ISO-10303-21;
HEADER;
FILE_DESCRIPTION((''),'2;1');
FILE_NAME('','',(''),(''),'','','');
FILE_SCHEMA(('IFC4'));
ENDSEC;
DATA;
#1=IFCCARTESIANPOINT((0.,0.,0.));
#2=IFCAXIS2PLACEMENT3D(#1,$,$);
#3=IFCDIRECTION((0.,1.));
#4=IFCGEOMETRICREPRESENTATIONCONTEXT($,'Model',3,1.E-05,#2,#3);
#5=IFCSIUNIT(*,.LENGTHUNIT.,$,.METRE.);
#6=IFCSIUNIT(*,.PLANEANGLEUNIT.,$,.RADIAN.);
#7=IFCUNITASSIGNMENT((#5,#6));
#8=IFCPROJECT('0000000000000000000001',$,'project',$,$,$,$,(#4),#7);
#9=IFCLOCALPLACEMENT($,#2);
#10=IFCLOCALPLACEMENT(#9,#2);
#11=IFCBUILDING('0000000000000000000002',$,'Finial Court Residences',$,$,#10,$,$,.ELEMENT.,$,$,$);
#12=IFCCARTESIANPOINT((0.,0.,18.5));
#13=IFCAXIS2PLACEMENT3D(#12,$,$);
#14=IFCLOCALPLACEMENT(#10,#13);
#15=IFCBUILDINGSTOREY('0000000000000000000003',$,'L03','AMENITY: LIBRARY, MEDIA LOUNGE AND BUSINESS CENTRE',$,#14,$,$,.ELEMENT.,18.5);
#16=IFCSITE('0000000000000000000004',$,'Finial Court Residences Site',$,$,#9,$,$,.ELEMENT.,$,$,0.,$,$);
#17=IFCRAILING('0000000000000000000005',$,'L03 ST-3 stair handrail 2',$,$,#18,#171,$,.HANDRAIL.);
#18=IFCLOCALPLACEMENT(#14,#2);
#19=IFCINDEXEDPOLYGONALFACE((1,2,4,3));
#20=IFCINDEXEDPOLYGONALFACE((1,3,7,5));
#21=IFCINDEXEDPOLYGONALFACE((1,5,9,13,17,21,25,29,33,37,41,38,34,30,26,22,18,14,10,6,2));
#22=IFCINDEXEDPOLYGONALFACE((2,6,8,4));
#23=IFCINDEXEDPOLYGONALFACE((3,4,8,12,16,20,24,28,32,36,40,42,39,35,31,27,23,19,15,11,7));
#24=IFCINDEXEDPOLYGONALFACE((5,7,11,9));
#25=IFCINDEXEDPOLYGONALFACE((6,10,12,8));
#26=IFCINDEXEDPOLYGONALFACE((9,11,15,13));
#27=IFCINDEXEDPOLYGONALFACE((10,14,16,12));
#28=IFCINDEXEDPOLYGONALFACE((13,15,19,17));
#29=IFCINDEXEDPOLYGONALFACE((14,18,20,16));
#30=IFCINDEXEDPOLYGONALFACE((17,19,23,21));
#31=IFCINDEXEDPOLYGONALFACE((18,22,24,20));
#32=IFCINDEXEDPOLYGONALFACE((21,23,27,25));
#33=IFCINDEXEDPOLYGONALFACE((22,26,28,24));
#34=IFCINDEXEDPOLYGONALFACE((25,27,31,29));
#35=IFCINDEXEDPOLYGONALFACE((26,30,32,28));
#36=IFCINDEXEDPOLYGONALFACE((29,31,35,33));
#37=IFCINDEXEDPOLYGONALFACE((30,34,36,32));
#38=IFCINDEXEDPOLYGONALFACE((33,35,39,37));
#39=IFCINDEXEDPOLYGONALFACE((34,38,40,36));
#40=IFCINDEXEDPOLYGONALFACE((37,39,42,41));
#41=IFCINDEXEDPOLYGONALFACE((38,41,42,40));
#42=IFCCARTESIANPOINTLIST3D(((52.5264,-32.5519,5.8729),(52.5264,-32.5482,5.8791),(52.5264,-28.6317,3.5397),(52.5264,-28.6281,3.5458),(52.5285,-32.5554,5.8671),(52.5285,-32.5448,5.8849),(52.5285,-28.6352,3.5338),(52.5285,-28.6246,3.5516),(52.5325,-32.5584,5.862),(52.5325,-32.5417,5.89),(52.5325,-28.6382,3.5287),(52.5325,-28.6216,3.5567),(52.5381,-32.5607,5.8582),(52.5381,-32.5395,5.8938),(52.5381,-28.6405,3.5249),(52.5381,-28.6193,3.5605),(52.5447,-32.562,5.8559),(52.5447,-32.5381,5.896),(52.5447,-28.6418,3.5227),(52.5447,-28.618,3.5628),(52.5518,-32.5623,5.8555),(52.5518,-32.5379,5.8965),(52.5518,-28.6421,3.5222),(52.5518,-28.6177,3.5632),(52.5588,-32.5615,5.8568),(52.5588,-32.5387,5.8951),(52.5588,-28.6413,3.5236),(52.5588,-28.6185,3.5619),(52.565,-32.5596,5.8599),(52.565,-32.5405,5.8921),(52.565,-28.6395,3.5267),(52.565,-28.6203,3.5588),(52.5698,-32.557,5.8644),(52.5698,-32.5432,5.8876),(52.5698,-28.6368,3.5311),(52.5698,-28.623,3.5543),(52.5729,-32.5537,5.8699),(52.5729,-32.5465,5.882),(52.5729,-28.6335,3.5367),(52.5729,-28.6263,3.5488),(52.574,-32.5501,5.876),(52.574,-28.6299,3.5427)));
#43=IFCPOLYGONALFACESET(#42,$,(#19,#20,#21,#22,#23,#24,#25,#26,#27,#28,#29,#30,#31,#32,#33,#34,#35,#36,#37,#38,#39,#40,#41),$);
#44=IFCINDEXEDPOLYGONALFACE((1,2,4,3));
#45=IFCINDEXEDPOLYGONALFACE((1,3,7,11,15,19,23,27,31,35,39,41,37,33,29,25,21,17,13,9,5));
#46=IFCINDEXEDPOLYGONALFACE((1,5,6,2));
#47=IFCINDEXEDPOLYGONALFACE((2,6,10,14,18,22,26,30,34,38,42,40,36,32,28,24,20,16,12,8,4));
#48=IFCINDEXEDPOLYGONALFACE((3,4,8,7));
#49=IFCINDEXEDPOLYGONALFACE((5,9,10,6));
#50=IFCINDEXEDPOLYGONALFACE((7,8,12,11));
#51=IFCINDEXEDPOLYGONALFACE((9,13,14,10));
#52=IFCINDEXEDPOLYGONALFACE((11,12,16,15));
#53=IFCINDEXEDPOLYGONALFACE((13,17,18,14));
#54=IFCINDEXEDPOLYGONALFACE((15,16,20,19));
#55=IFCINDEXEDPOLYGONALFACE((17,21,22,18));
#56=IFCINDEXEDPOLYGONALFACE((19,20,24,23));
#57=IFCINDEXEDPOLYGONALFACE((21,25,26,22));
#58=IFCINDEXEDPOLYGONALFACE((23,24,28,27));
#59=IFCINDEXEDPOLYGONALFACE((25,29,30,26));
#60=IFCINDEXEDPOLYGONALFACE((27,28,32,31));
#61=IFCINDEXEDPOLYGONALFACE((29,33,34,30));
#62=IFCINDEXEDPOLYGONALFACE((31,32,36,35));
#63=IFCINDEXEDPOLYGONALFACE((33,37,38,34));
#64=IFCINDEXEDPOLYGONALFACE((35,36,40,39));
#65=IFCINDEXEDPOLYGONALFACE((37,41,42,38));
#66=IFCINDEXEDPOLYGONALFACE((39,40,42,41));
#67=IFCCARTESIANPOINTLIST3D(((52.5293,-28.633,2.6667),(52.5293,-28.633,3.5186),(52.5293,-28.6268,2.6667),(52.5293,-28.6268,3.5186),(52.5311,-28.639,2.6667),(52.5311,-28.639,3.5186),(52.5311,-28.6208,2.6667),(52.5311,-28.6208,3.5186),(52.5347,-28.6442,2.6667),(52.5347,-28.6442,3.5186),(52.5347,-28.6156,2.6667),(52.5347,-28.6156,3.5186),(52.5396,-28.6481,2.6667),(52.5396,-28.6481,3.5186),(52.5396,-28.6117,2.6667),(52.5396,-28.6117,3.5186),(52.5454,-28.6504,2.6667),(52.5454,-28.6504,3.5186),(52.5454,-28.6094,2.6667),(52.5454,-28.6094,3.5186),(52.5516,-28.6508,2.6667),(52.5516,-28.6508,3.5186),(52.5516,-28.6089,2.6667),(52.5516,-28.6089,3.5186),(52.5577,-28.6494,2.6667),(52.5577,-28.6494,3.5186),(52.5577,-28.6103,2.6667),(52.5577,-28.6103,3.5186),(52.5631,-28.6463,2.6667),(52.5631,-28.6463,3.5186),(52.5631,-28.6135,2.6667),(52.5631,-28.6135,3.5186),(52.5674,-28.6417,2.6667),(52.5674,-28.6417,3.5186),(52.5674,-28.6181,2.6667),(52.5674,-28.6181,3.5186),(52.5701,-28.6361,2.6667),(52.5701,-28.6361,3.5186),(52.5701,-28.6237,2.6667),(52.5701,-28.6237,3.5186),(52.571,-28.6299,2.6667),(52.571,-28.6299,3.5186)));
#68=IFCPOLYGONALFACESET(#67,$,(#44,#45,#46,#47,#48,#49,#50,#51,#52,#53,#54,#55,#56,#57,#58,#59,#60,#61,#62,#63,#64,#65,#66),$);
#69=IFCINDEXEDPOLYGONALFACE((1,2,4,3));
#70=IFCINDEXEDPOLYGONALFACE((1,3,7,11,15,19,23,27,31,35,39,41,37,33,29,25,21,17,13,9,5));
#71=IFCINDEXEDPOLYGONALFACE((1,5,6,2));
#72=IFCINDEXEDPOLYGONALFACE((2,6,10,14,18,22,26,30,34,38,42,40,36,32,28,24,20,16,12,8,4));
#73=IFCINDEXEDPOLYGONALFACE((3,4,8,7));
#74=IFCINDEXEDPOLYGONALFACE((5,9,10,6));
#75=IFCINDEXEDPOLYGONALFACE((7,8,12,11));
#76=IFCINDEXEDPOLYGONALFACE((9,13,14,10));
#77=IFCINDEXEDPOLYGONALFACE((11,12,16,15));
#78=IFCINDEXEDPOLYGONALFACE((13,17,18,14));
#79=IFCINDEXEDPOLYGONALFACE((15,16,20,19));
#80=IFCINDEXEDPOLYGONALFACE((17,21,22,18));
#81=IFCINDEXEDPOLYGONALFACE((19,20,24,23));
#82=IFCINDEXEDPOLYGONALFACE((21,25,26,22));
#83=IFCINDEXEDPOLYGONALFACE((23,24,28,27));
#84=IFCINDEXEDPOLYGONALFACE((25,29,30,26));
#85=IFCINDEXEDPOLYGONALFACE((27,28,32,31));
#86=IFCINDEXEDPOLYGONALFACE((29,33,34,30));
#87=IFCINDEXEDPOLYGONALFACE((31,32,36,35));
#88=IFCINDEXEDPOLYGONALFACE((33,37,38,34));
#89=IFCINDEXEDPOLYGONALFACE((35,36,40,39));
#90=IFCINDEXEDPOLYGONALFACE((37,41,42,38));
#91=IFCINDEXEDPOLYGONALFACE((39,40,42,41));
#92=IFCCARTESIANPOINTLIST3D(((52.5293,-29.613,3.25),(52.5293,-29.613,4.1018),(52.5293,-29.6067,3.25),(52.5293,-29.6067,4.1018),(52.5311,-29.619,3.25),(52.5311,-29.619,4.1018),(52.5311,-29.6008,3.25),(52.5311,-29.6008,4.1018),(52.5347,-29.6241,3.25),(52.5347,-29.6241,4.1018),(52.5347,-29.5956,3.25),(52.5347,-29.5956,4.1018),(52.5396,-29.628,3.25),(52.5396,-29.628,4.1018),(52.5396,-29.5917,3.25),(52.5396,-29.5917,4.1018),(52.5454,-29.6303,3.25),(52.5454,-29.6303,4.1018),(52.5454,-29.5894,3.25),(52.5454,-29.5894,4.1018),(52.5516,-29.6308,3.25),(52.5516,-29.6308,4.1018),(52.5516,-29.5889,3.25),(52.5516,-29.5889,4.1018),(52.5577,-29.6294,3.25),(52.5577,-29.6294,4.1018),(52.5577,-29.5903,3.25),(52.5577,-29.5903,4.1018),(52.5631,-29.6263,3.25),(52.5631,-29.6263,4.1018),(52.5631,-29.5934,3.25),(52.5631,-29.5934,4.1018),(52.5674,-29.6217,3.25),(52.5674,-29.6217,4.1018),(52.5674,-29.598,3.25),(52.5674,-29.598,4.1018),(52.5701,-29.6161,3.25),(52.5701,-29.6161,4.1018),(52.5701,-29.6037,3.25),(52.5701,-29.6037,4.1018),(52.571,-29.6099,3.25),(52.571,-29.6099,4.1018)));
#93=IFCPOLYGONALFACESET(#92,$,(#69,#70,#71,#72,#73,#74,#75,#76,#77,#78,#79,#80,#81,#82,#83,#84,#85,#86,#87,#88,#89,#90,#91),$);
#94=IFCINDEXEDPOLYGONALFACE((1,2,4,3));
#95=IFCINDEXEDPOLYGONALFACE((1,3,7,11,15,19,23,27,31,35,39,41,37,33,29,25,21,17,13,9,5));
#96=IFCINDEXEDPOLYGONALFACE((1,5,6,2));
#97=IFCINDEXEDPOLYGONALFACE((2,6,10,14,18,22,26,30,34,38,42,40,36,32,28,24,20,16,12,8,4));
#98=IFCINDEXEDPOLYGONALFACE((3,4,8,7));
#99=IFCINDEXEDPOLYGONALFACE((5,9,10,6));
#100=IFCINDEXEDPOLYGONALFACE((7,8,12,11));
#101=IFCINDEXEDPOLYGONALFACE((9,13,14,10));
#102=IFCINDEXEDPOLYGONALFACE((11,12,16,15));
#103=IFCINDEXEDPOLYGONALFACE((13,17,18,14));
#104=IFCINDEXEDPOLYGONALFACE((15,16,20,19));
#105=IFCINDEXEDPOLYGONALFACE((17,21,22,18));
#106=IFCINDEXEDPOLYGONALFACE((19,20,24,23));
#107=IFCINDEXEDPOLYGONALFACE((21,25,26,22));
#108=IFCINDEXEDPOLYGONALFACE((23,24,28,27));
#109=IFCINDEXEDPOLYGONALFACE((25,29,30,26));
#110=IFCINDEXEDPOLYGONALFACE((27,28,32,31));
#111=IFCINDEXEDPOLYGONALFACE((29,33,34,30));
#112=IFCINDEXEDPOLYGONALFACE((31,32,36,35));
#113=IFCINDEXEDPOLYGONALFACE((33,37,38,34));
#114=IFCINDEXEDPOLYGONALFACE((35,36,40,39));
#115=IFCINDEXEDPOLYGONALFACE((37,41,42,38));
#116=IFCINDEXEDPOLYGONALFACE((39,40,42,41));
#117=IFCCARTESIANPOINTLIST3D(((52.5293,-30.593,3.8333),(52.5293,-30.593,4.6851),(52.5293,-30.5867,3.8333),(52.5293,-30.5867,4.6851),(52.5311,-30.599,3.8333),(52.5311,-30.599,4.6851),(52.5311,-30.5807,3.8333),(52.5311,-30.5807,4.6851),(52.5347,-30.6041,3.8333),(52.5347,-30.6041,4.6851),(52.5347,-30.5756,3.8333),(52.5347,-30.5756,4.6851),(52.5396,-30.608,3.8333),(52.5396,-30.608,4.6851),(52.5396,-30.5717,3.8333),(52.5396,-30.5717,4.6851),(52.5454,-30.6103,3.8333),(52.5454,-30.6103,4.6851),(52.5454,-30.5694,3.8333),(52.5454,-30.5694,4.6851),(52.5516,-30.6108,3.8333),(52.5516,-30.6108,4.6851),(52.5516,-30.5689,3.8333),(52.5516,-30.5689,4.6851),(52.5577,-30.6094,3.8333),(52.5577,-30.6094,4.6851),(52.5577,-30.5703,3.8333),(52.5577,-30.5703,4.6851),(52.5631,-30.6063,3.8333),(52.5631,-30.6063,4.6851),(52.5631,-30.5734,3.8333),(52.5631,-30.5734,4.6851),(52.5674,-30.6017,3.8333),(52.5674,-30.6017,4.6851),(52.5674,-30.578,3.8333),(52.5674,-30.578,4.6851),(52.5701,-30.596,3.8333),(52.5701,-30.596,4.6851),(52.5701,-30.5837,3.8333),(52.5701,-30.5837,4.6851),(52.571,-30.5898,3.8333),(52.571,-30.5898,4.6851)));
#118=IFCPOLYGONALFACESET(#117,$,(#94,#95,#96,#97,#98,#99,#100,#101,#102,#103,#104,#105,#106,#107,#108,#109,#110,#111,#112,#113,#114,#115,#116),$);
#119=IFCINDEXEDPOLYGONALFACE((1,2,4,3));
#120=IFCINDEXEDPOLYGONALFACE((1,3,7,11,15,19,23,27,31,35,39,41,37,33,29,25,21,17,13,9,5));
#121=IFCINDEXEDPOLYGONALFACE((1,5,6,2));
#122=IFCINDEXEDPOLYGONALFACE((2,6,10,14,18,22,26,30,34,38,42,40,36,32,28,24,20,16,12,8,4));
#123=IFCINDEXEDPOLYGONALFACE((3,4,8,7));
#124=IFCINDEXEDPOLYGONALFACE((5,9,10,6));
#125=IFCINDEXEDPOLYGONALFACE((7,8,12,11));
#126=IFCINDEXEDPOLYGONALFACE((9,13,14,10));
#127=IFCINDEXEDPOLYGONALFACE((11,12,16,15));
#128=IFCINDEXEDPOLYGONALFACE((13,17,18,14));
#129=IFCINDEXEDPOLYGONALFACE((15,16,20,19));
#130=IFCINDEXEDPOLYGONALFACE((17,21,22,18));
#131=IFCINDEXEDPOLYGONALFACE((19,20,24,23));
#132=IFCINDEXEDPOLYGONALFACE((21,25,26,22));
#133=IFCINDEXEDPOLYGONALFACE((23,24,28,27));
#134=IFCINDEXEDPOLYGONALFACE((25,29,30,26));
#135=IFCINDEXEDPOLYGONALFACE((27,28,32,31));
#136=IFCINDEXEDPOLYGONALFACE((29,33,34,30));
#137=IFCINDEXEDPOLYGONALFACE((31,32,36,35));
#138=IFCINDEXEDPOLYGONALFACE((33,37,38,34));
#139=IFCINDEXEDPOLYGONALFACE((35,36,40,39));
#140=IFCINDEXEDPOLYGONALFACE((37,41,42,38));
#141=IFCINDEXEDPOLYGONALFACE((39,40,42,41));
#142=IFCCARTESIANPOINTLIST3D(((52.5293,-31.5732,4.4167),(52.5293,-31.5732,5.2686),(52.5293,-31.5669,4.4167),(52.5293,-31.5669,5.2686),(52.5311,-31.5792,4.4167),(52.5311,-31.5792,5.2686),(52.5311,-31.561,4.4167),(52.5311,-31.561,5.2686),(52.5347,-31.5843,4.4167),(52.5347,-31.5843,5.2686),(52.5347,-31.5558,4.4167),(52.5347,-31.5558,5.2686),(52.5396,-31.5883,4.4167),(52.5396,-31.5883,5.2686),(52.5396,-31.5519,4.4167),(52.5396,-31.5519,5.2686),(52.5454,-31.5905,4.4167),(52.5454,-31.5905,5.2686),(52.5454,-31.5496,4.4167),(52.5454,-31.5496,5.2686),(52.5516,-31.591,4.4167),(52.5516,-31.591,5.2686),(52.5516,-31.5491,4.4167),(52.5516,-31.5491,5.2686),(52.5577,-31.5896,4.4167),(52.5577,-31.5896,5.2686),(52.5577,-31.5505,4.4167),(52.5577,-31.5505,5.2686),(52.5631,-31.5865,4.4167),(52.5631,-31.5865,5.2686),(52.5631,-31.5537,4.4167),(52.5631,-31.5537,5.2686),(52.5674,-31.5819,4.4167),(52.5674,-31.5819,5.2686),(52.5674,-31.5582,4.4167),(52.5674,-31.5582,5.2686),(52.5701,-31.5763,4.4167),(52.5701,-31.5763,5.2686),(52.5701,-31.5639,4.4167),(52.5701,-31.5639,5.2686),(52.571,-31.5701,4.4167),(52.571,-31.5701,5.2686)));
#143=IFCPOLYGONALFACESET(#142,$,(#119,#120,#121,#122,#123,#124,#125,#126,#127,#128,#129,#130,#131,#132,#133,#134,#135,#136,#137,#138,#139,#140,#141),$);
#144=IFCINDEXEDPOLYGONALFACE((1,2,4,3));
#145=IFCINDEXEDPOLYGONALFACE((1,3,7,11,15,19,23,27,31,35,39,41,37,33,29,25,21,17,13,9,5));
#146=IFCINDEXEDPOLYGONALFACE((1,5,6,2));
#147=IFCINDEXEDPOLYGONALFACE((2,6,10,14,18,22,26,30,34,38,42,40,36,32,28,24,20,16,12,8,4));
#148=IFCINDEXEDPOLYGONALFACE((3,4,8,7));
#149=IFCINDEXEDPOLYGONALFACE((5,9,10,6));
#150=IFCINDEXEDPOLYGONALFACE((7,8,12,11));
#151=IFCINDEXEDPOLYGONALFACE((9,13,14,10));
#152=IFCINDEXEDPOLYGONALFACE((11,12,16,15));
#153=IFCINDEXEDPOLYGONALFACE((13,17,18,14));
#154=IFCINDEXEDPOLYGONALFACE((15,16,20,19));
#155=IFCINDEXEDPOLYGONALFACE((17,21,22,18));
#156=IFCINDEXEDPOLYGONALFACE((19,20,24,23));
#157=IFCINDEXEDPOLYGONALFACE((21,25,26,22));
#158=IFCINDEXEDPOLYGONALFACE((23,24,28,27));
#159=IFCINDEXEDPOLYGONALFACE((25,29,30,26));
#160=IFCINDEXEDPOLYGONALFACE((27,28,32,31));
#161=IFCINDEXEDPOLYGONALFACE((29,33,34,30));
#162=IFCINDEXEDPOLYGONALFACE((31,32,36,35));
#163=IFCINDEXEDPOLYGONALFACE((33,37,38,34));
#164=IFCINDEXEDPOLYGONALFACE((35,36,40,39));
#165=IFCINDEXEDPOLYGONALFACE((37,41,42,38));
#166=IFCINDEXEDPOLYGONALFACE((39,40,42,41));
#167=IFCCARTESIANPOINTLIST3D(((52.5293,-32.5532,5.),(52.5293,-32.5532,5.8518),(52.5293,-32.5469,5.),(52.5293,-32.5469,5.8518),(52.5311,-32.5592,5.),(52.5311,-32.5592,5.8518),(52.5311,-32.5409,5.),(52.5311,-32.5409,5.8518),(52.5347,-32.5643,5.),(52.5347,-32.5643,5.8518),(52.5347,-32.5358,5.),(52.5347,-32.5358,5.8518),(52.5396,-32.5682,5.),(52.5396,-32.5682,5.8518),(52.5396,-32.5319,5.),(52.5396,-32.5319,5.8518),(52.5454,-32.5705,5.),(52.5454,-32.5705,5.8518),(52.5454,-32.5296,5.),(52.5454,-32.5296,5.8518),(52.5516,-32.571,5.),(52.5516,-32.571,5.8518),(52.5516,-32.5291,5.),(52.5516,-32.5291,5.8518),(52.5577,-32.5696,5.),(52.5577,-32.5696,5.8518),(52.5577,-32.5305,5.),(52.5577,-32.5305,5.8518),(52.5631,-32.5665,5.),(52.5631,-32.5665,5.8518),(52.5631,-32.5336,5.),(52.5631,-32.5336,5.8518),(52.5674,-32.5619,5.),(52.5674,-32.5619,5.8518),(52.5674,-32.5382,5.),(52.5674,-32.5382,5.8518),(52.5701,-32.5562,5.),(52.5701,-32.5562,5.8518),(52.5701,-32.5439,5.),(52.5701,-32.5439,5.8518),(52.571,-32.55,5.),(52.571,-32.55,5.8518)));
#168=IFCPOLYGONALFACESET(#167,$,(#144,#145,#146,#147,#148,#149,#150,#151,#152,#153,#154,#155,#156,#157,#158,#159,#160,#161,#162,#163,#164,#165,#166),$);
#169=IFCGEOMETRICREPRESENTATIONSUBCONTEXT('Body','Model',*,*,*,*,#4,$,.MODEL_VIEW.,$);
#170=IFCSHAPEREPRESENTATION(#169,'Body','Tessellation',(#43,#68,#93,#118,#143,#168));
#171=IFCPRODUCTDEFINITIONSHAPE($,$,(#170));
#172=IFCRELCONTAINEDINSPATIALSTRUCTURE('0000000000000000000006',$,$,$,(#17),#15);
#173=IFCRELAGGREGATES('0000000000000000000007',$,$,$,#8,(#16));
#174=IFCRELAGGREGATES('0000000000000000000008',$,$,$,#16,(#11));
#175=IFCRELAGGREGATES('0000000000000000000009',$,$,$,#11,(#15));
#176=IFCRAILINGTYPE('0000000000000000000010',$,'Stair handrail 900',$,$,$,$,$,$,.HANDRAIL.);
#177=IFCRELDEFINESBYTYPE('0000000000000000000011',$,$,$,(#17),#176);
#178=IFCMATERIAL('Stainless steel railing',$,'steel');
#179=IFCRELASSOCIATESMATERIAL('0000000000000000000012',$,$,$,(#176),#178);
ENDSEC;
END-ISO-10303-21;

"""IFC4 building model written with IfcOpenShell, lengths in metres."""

from ifc_helpers import new_model, si_unit, direction, frame, origin, origin_2d, place, context, subcontext, project, spatial, circle, extrude, material, type_object, element, save


model = new_model("IFC4")

# Units and contexts
model_context = context("Model", 3, precision=1e-05, world=origin(), true_north=direction((0.0, 1.0)))
body_context = subcontext(model_context, "Body", "Model", "MODEL_VIEW")
ifc_project = project(units=[si_unit("LENGTHUNIT", "METRE"), si_unit("PLANEANGLEUNIT", "RADIAN")], contexts=[model_context])

# Site, building, storey
site_placement = place(None, origin())
site = spatial("IfcSite", under=ifc_project, at=site_placement, Name="Finial Court Residences Site", CompositionType="ELEMENT", RefElevation=0.0)
building_placement = place(site_placement, origin())
building = spatial("IfcBuilding", under=site, at=building_placement, Name="Finial Court Residences", CompositionType="ELEMENT")
storey_placement = place(building_placement, frame((0.0, 0.0, 18.5)))
storey = spatial("IfcBuildingStorey", under=building, at=storey_placement, Name="L03", Description="AMENITY: LIBRARY, MEDIA LOUNGE AND BUSINESS CENTRE", CompositionType="ELEMENT", Elevation=18.5)

# Railing
ifc_material_1 = material(Name="Stainless steel railing", Category="steel")
railing_type = type_object("IfcRailingType", Name="Stair handrail 900", PredefinedType="HANDRAIL", material=ifc_material_1)
railing_placement = place(storey_placement, frame((52.55, -28.6299, 2.6667)))
element("IfcRailing", 1, at=railing_placement, inside=storey, type_object=railing_type, Name="L03 ST-3 stair handrail 2", PredefinedType="HANDRAIL", context=body_context, shape_type="SweptSolid", body=[
    extrude(circle(Radius=0.0239, at=origin_2d()), frame((0.0, 0.0, 0.876), z_axis=(0.0, -0.85931, 0.511455), x_axis=(1.0, 0.0, 0.0)), (0.0, 0.0, 1.0), 4.562),
    extrude(circle(Radius=0.021, at=origin_2d()), origin(), (0.0, 0.0, 1.0), 0.8518),
    extrude(circle(Radius=0.021, at=origin_2d()), frame((0.0, -0.98, 0.5833)), (0.0, 0.0, 1.0), 0.8518),
    extrude(circle(Radius=0.021, at=origin_2d()), frame((0.0, -1.96, 1.1665)), (0.0, 0.0, 1.0), 0.8518),
    extrude(circle(Radius=0.021, at=origin_2d()), frame((0.0, -2.9402, 1.75)), (0.0, 0.0, 1.0), 0.8518),
    extrude(circle(Radius=0.021, at=origin_2d()), frame((0.0, -3.9202, 2.3333)), (0.0, 0.0, 1.0), 0.8518),
])

save(model, "model.ifc")
